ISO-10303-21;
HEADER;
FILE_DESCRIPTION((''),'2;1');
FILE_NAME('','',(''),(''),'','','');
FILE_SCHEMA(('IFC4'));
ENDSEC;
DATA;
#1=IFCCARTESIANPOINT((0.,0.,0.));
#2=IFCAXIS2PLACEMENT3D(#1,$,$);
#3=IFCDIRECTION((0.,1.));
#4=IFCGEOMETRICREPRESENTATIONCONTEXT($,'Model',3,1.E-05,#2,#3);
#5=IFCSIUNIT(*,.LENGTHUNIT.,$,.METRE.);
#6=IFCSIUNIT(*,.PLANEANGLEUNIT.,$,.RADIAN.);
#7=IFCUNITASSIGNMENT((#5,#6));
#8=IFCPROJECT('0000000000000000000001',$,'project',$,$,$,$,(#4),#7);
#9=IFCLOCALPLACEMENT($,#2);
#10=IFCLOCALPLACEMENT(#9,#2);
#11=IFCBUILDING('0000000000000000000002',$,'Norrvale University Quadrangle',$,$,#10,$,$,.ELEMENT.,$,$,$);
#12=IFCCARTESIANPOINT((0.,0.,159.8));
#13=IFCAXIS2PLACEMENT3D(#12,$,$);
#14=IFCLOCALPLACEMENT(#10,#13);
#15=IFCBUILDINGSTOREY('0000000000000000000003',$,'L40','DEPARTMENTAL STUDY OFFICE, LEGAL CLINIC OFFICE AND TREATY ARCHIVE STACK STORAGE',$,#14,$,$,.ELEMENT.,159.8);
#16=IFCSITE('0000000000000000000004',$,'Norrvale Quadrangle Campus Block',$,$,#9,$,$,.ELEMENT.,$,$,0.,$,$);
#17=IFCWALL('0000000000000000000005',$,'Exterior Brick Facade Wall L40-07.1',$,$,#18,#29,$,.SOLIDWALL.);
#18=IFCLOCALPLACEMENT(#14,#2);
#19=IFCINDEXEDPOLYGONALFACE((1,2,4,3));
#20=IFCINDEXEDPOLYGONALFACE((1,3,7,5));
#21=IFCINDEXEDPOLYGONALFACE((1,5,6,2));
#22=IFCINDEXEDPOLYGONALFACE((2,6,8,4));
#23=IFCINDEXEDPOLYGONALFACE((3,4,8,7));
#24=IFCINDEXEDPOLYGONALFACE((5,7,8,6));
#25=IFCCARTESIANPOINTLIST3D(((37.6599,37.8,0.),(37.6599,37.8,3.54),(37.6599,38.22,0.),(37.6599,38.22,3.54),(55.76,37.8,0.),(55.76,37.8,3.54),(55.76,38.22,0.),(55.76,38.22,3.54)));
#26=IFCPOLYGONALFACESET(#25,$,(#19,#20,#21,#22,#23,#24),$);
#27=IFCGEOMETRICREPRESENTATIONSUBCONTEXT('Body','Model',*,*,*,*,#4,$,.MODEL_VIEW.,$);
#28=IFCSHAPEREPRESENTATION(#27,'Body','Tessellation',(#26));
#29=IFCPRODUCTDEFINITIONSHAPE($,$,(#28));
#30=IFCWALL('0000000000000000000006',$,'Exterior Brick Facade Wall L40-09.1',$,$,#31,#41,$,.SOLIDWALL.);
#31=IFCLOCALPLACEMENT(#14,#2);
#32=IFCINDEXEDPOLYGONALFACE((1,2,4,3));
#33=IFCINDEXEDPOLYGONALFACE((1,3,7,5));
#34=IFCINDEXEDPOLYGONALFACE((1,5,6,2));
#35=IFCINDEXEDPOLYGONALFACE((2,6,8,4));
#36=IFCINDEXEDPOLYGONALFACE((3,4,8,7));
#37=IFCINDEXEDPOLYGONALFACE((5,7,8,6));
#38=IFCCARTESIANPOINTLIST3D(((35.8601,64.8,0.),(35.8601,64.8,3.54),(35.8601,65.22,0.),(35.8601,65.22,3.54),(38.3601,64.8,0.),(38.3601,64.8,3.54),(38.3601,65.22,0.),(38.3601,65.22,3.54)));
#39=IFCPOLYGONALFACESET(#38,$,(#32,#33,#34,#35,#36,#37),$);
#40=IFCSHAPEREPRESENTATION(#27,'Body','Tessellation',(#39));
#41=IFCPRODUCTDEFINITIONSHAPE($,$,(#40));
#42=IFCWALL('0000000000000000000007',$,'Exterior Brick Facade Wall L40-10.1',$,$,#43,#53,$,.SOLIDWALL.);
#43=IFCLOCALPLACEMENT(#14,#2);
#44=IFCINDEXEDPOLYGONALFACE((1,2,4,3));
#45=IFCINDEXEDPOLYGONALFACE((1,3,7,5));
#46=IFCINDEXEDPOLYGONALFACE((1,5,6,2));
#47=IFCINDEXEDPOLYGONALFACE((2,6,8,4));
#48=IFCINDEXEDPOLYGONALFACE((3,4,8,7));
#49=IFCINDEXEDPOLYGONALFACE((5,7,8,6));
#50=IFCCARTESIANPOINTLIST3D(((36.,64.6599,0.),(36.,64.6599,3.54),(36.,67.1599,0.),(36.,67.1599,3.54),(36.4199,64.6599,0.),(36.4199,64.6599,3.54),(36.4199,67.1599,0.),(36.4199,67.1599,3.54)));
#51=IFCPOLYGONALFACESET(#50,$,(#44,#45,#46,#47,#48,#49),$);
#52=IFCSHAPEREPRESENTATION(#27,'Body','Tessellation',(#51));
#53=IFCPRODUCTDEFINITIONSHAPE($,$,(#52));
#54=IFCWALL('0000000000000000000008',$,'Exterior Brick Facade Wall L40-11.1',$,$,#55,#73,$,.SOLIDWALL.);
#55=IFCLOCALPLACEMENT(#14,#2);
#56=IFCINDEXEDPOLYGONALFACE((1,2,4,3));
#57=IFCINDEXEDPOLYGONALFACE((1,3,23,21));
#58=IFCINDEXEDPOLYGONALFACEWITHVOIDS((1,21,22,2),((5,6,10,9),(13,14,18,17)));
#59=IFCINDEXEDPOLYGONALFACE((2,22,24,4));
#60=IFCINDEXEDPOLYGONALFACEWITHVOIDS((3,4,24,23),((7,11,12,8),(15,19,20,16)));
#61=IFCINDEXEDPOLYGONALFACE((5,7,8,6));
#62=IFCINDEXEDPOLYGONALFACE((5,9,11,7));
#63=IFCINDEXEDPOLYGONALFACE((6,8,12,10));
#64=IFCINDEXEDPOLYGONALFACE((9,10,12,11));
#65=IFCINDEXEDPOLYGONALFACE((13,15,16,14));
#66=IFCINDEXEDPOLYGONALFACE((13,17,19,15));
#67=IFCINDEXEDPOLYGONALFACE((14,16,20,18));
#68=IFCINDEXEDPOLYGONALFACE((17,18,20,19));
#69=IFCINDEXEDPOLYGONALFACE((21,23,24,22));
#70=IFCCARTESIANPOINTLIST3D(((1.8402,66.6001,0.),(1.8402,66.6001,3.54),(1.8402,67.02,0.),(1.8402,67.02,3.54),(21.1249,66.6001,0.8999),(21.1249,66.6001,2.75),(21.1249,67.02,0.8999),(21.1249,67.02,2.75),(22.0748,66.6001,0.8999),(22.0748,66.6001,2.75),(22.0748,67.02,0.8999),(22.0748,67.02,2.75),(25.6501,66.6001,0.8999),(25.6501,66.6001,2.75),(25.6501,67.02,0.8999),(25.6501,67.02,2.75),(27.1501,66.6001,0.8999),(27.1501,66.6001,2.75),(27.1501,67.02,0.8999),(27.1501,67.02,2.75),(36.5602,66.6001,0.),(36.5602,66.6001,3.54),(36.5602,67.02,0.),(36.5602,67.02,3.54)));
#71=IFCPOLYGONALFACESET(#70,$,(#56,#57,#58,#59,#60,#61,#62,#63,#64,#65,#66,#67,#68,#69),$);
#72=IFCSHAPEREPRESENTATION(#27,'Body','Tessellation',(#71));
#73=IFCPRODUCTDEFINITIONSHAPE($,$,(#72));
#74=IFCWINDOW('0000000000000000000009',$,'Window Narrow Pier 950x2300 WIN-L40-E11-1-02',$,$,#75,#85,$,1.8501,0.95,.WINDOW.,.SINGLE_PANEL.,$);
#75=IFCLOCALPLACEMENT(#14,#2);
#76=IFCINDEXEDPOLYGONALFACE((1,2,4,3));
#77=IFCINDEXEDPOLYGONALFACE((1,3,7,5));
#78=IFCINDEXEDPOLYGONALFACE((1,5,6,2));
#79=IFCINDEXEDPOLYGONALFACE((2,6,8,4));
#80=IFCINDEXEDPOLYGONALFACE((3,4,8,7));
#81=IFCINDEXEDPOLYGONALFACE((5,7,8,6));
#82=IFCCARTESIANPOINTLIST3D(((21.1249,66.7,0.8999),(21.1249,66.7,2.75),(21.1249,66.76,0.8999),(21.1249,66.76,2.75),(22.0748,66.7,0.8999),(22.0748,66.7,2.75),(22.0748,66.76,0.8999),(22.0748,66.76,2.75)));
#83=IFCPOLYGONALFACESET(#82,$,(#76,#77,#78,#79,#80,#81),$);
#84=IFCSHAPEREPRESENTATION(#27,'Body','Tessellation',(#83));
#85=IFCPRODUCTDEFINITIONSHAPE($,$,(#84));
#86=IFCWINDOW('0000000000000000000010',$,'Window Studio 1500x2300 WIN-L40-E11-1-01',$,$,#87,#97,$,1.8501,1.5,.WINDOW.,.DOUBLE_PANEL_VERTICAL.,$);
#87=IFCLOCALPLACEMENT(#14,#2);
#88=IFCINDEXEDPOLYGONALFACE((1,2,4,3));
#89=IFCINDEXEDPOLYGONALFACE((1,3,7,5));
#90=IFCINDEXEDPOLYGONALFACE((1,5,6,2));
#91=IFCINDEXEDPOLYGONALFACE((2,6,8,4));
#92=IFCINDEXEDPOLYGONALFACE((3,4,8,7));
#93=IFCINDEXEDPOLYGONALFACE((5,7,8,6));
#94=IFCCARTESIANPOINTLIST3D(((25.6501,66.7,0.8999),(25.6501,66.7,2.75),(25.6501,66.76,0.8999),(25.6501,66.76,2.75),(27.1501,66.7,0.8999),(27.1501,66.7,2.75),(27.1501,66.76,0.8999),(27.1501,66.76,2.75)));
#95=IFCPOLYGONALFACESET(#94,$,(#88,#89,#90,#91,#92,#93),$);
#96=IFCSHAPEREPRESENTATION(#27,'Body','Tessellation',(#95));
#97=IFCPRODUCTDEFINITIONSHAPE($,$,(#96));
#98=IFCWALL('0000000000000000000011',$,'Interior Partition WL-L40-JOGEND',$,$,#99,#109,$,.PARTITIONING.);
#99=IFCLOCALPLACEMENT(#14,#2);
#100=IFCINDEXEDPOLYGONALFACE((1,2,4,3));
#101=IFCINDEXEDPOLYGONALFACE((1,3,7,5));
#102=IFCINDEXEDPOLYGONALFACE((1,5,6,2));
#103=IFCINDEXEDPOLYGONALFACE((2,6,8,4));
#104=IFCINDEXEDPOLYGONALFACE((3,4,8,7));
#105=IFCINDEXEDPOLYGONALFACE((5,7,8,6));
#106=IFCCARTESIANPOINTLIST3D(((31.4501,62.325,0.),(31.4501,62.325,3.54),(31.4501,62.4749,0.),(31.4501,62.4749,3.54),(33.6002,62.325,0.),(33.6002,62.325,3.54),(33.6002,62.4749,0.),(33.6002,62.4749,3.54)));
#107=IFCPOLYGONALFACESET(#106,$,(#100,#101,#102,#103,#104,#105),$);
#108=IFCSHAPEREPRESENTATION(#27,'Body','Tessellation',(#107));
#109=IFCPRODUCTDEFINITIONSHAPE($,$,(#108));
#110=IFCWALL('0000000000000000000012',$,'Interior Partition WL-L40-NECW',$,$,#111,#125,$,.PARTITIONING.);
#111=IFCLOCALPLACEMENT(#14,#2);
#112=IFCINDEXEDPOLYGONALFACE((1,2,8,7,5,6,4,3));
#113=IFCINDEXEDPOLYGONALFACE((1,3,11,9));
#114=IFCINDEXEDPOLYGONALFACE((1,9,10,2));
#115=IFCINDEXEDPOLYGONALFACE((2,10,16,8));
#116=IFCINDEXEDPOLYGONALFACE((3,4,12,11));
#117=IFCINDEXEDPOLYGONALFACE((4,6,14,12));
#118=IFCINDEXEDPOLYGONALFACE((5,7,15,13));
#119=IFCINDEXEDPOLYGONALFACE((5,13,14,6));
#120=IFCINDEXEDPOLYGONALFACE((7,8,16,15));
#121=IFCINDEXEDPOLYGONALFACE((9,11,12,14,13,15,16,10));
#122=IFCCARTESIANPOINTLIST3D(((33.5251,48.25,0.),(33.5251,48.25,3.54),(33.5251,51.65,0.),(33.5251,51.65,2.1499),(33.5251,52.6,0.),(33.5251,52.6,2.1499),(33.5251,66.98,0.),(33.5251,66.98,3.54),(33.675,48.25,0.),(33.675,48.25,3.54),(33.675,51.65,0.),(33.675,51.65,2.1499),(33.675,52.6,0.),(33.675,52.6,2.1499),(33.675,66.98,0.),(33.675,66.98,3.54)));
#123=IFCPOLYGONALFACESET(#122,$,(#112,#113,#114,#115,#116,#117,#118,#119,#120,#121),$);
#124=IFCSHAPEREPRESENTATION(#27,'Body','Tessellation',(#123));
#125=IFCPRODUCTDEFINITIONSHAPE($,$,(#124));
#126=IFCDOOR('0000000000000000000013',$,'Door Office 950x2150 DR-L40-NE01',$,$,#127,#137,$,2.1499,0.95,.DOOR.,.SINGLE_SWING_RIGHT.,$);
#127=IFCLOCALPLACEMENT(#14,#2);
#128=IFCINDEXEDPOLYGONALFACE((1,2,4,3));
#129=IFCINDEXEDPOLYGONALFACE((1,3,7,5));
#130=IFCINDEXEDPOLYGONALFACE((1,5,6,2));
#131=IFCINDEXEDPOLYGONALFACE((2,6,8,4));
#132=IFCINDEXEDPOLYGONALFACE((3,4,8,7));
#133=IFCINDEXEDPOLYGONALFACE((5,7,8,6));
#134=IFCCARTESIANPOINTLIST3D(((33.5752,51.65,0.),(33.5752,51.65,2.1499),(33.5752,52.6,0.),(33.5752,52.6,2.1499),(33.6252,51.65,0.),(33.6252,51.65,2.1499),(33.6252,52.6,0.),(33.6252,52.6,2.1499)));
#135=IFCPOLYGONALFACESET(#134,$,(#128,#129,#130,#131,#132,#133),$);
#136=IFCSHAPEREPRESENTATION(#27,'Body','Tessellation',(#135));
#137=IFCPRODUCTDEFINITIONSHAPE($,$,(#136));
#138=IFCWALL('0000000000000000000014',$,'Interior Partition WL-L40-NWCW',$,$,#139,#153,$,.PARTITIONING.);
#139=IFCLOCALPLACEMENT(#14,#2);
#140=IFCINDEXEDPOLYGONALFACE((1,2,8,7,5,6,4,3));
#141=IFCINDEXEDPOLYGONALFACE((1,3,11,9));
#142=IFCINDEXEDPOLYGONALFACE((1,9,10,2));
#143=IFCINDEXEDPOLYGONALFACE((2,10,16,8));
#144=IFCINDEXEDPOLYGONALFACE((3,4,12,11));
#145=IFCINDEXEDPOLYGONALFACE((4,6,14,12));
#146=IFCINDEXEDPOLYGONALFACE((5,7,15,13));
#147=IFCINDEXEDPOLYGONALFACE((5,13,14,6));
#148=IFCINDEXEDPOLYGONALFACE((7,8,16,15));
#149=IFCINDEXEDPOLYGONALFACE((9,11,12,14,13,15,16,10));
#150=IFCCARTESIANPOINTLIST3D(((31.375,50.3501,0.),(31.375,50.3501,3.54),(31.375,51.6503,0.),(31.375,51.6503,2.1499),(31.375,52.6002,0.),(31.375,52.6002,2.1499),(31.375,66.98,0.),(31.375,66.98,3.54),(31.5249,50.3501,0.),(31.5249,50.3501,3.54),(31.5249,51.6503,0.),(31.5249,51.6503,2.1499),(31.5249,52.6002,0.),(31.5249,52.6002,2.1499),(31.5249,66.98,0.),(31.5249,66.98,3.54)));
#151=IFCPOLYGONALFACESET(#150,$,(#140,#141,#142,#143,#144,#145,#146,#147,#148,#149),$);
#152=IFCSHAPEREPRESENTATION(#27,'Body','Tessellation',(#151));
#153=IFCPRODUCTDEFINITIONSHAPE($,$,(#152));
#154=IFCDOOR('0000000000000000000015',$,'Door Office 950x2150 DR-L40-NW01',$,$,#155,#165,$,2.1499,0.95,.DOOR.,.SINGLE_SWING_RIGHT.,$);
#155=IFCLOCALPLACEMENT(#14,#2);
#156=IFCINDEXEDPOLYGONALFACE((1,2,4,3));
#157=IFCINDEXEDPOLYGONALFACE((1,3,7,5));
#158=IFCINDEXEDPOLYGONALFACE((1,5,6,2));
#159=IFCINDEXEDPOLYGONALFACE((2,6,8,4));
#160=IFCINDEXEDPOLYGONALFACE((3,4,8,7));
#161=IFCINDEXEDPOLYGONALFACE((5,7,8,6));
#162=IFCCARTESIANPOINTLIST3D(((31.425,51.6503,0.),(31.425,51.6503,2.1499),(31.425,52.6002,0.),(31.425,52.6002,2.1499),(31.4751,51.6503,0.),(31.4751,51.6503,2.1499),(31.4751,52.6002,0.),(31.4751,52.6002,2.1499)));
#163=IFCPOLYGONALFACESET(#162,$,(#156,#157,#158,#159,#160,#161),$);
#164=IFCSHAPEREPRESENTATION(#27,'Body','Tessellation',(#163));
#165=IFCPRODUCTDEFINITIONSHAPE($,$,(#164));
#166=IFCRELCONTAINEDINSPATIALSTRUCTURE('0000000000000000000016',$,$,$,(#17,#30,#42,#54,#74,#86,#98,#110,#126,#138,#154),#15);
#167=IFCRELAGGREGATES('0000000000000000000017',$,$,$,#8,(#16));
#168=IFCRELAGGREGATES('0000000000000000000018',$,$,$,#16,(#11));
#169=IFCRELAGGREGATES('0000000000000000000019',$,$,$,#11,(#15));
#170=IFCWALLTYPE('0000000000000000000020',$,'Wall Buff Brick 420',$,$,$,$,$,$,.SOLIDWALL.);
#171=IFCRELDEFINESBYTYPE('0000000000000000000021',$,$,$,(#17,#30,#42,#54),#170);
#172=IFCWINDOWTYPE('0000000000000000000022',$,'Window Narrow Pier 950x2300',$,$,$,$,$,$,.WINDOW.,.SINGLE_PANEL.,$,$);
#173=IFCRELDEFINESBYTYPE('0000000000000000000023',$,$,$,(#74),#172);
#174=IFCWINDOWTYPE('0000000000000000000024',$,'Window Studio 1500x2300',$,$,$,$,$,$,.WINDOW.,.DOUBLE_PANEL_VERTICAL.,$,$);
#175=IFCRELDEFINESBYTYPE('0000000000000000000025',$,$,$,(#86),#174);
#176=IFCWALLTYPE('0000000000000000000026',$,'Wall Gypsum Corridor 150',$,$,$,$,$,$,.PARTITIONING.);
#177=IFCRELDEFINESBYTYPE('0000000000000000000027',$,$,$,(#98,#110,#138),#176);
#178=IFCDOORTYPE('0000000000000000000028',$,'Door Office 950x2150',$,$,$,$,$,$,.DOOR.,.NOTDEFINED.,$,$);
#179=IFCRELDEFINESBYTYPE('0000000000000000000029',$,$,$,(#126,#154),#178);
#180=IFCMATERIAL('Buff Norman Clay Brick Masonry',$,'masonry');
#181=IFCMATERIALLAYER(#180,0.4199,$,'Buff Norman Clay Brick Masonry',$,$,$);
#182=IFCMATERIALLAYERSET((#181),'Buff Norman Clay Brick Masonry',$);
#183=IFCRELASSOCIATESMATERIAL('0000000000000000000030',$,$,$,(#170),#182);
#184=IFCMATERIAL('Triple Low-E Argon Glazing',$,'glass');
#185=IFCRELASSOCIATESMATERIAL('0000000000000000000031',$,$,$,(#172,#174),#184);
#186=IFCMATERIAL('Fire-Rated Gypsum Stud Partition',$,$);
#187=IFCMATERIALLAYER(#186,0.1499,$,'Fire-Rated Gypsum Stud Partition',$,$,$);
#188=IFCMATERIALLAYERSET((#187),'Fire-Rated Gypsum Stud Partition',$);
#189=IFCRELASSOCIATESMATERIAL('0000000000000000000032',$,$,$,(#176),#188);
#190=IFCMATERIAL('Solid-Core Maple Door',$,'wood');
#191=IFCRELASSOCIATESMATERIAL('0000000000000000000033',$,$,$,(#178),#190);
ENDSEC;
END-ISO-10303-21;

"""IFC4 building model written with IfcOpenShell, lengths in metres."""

from ifc_helpers import new_model, si_unit, direction, frame, frame_2d, origin, place, context, subcontext, project, spatial, rectangle, extrude, material, layer, layer_set, type_object, element, fill, save


model = new_model("IFC4")

# Units and contexts
model_context = context("Model", 3, precision=1e-05, world=origin(), true_north=direction((0.0, 1.0)))
body_context = subcontext(model_context, "Body", "Model", "MODEL_VIEW")
ifc_project = project(units=[si_unit("LENGTHUNIT", "METRE"), si_unit("PLANEANGLEUNIT", "RADIAN")], contexts=[model_context])

# Site, building, storey
site_placement = place(None, origin())
site = spatial("IfcSite", under=ifc_project, at=site_placement, Name="Norrvale Quadrangle Campus Block", CompositionType="ELEMENT", RefElevation=0.0)
building_placement = place(site_placement, origin())
building = spatial("IfcBuilding", under=site, at=building_placement, Name="Norrvale University Quadrangle", CompositionType="ELEMENT")
storey_placement = place(building_placement, frame((0.0, 0.0, 159.8)))
storey = spatial("IfcBuildingStorey", under=building, at=storey_placement, Name="L40", Description="DEPARTMENTAL STUDY OFFICE, LEGAL CLINIC OFFICE AND TREATY ARCHIVE STACK STORAGE", CompositionType="ELEMENT", Elevation=159.8)

# Walls
ifc_material_1 = material(Name="Buff Norman Clay Brick Masonry", Category="masonry")
ifc_layer_1 = layer(ifc_material_1, 0.4199, Name="Buff Norman Clay Brick Masonry")
ifc_layer_set_1 = layer_set([ifc_layer_1], Name="Buff Norman Clay Brick Masonry")
wall_type_1 = type_object("IfcWallType", Name="Wall Buff Brick 420", PredefinedType="SOLIDWALL", material=ifc_layer_set_1)
wall_1_placement = place(storey_placement, frame((55.76, 38.01, 0.0), z_axis=(0.0, 0.0, 1.0), x_axis=(-1.0, 0.0, 0.0)))
element("IfcWall", 1, at=wall_1_placement, inside=storey, type_object=wall_type_1, Name="Exterior Brick Facade Wall L40-07.1", PredefinedType="SOLIDWALL", context=body_context, shape_type="SweptSolid", body=[
    extrude(rectangle(XDim=18.1001, YDim=0.4199, at=frame_2d((9.05, 0.0))), origin(), (0.0, 0.0, 1.0), 3.54),
])
for number, where, z_axis, x_axis, name in (
    (2, (38.3601, 65.01, 0.0), (0.0, 0.0, 1.0), (-1.0, 0.0, 0.0), "Exterior Brick Facade Wall L40-09.1"),
    (3, (36.21, 64.6599, 0.0), (0.0, 0.0, 1.0), (0.0, 1.0, 0.0), "Exterior Brick Facade Wall L40-10.1"),
):
    element("IfcWall", number, at=place(storey_placement, frame(where, z_axis=z_axis, x_axis=x_axis)), inside=storey, type_object=wall_type_1, Name=name, PredefinedType="SOLIDWALL", context=body_context, shape_type="SweptSolid", body=[
        extrude(rectangle(XDim=2.5, YDim=0.4199, at=frame_2d((1.25, 0.0))), origin(), (0.0, 0.0, 1.0), 3.54),
    ])

# Wall, openings, windows
wall_2_placement = place(storey_placement, frame((36.5601, 66.8101, 0.0), z_axis=(0.0, 0.0, 1.0), x_axis=(-1.0, 0.0, 0.0)))
wall_2 = element("IfcWall", 4, at=wall_2_placement, inside=storey, type_object=wall_type_1, Name="Exterior Brick Facade Wall L40-11.1", PredefinedType="SOLIDWALL", context=body_context, shape_type="SweptSolid", body=[
    extrude(rectangle(XDim=34.72, YDim=0.4199, at=frame_2d((17.3599, 0.0))), origin(), (0.0, 0.0, 1.0), 3.54),
])
opening_1_placement = place(wall_2_placement, frame((9.4099, 0.0, 0.8999)))
opening_1 = element("IfcOpeningElement", 5, at=opening_1_placement, cuts=wall_2, PredefinedType="OPENING", context=body_context, shape_type="SweptSolid", body=[
    extrude(rectangle(XDim=1.5, YDim=1.8501, at=frame_2d((0.75, 0.925))), frame((0.0, 0.2219, 0.0), z_axis=(0.0, -1.0, 0.0), x_axis=(1.0, 0.0, 0.0)), (0.0, 0.0, 1.0), 0.4438),
])
opening_2_placement = place(wall_2_placement, frame((14.4851, 0.0, 0.8999)))
opening_2 = element("IfcOpeningElement", 6, at=opening_2_placement, cuts=wall_2, PredefinedType="OPENING", context=body_context, shape_type="SweptSolid", body=[
    extrude(rectangle(XDim=0.95, YDim=1.8501, at=frame_2d((0.4751, 0.925))), frame((0.0, 0.2219, 0.0), z_axis=(0.0, -1.0, 0.0), x_axis=(1.0, 0.0, 0.0)), (0.0, 0.0, 1.0), 0.4438),
])
ifc_material_2 = material(Name="Triple Low-E Argon Glazing", Category="glass")
window_type_1 = type_object("IfcWindowType", Name="Window Narrow Pier 950x2300", PartitioningType="SINGLE_PANEL", PredefinedType="WINDOW", material=ifc_material_2)
window_1_placement = place(opening_2_placement, origin())
window_1 = element("IfcWindow", 7, at=window_1_placement, inside=storey, type_object=window_type_1, Name="Window Narrow Pier 950x2300 WIN-L40-E11-1-02", OverallHeight=1.8501, OverallWidth=0.95, PartitioningType="SINGLE_PANEL", PredefinedType="WINDOW", context=body_context, shape_type="SweptSolid", body=[
    extrude(rectangle(XDim=0.95, YDim=1.8501, at=frame_2d((0.4751, 0.925))), frame((0.0, 0.1101, 0.0), z_axis=(0.0, -1.0, 0.0), x_axis=(1.0, 0.0, 0.0)), (0.0, 0.0, 1.0), 0.0601),
])
fill(opening_2, window_1)
window_type_2 = type_object("IfcWindowType", Name="Window Studio 1500x2300", PartitioningType="DOUBLE_PANEL_VERTICAL", PredefinedType="WINDOW", material=ifc_material_2)
window_2_placement = place(opening_1_placement, origin())
window_2 = element("IfcWindow", 8, at=window_2_placement, inside=storey, type_object=window_type_2, Name="Window Studio 1500x2300 WIN-L40-E11-1-01", OverallHeight=1.8501, OverallWidth=1.5, PartitioningType="DOUBLE_PANEL_VERTICAL", PredefinedType="WINDOW", context=body_context, shape_type="SweptSolid", body=[
    extrude(rectangle(XDim=1.5, YDim=1.8501, at=frame_2d((0.75, 0.925))), frame((0.0, 0.1101, 0.0), z_axis=(0.0, -1.0, 0.0), x_axis=(1.0, 0.0, 0.0)), (0.0, 0.0, 1.0), 0.0601),
])
fill(opening_1, window_2)

# Wall
ifc_material_3 = material(Name="Fire-Rated Gypsum Stud Partition")
ifc_layer_2 = layer(ifc_material_3, 0.1499, Name="Fire-Rated Gypsum Stud Partition")
ifc_layer_set_2 = layer_set([ifc_layer_2], Name="Fire-Rated Gypsum Stud Partition")
wall_type_2 = type_object("IfcWallType", Name="Wall Gypsum Corridor 150", PredefinedType="PARTITIONING", material=ifc_layer_set_2)
wall_3_placement = place(storey_placement, frame((31.45, 62.3999, 0.0), z_axis=(0.0, 0.0, 1.0), x_axis=(1.0, 0.0, 0.0)))
element("IfcWall", 9, at=wall_3_placement, inside=storey, type_object=wall_type_2, Name="Interior Partition WL-L40-JOGEND", PredefinedType="PARTITIONING", context=body_context, shape_type="SweptSolid", body=[
    extrude(rectangle(XDim=2.1501, YDim=0.1499, at=frame_2d((1.0752, 0.0))), origin(), (0.0, 0.0, 1.0), 3.54),
])

# Walls, openings, doors
wall_4_placement = place(storey_placement, frame((33.6001, 48.25, 0.0), z_axis=(0.0, 0.0, 1.0), x_axis=(0.0, 1.0, 0.0)))
wall_4 = element("IfcWall", 10, at=wall_4_placement, inside=storey, type_object=wall_type_2, Name="Interior Partition WL-L40-NECW", PredefinedType="PARTITIONING", context=body_context, shape_type="SweptSolid", body=[
    extrude(rectangle(XDim=18.73, YDim=0.1499, at=frame_2d((9.365, 0.0))), origin(), (0.0, 0.0, 1.0), 3.54),
])
opening_3_placement = place(wall_4_placement, frame((3.3999, 0.0, 0.0)))
opening_3 = element("IfcOpeningElement", 11, at=opening_3_placement, cuts=wall_4, PredefinedType="OPENING", context=body_context, shape_type="SweptSolid", body=[
    extrude(rectangle(XDim=0.95, YDim=2.1499, at=frame_2d((0.4751, 1.075))), frame((0.0, 0.0869, 0.0), z_axis=(0.0, -1.0, 0.0), x_axis=(1.0, 0.0, 0.0)), (0.0, 0.0, 1.0), 0.1738),
])
ifc_material_4 = material(Name="Solid-Core Maple Door", Category="wood")
door_type = type_object("IfcDoorType", Name="Door Office 950x2150", OperationType="NOTDEFINED", PredefinedType="DOOR", material=ifc_material_4)
door_1_placement = place(opening_3_placement, origin())
door_1 = element("IfcDoor", 12, at=door_1_placement, inside=storey, type_object=door_type, Name="Door Office 950x2150 DR-L40-NE01", OperationType="SINGLE_SWING_RIGHT", OverallHeight=2.1499, OverallWidth=0.95, PredefinedType="DOOR", context=body_context, shape_type="SweptSolid", body=[
    extrude(rectangle(XDim=0.95, YDim=2.1499, at=frame_2d((0.4751, 1.075))), frame((0.0, 0.0249, 0.0), z_axis=(0.0, -1.0, 0.0), x_axis=(1.0, 0.0, 0.0)), (0.0, 0.0, 1.0), 0.05),
])
fill(opening_3, door_1)
wall_5_placement = place(storey_placement, frame((31.45, 50.3501, 0.0), z_axis=(0.0, 0.0, 1.0), x_axis=(0.0, 1.0, 0.0)))
wall_5 = element("IfcWall", 13, at=wall_5_placement, inside=storey, type_object=wall_type_2, Name="Interior Partition WL-L40-NWCW", PredefinedType="PARTITIONING", context=body_context, shape_type="SweptSolid", body=[
    extrude(rectangle(XDim=16.6299, YDim=0.1499, at=frame_2d((8.3149, 0.0))), origin(), (0.0, 0.0, 1.0), 3.54),
])
opening_4_placement = place(wall_5_placement, frame((1.3, 0.0, 0.0)))
opening_4 = element("IfcOpeningElement", 14, at=opening_4_placement, cuts=wall_5, PredefinedType="OPENING", context=body_context, shape_type="SweptSolid", body=[
    extrude(rectangle(XDim=0.95, YDim=2.1499, at=frame_2d((0.4751, 1.075))), frame((0.0, 0.0869, 0.0), z_axis=(0.0, -1.0, 0.0), x_axis=(1.0, 0.0, 0.0)), (0.0, 0.0, 1.0), 0.1738),
])
door_2_placement = place(opening_4_placement, origin())
door_2 = element("IfcDoor", 15, at=door_2_placement, inside=storey, type_object=door_type, Name="Door Office 950x2150 DR-L40-NW01", OperationType="SINGLE_SWING_RIGHT", OverallHeight=2.1499, OverallWidth=0.95, PredefinedType="DOOR", context=body_context, shape_type="SweptSolid", body=[
    extrude(rectangle(XDim=0.95, YDim=2.1499, at=frame_2d((0.4751, 1.075))), frame((0.0, 0.0249, 0.0), z_axis=(0.0, -1.0, 0.0), x_axis=(1.0, 0.0, 0.0)), (0.0, 0.0, 1.0), 0.05),
])
fill(opening_4, door_2)

save(model, "model.ifc")
